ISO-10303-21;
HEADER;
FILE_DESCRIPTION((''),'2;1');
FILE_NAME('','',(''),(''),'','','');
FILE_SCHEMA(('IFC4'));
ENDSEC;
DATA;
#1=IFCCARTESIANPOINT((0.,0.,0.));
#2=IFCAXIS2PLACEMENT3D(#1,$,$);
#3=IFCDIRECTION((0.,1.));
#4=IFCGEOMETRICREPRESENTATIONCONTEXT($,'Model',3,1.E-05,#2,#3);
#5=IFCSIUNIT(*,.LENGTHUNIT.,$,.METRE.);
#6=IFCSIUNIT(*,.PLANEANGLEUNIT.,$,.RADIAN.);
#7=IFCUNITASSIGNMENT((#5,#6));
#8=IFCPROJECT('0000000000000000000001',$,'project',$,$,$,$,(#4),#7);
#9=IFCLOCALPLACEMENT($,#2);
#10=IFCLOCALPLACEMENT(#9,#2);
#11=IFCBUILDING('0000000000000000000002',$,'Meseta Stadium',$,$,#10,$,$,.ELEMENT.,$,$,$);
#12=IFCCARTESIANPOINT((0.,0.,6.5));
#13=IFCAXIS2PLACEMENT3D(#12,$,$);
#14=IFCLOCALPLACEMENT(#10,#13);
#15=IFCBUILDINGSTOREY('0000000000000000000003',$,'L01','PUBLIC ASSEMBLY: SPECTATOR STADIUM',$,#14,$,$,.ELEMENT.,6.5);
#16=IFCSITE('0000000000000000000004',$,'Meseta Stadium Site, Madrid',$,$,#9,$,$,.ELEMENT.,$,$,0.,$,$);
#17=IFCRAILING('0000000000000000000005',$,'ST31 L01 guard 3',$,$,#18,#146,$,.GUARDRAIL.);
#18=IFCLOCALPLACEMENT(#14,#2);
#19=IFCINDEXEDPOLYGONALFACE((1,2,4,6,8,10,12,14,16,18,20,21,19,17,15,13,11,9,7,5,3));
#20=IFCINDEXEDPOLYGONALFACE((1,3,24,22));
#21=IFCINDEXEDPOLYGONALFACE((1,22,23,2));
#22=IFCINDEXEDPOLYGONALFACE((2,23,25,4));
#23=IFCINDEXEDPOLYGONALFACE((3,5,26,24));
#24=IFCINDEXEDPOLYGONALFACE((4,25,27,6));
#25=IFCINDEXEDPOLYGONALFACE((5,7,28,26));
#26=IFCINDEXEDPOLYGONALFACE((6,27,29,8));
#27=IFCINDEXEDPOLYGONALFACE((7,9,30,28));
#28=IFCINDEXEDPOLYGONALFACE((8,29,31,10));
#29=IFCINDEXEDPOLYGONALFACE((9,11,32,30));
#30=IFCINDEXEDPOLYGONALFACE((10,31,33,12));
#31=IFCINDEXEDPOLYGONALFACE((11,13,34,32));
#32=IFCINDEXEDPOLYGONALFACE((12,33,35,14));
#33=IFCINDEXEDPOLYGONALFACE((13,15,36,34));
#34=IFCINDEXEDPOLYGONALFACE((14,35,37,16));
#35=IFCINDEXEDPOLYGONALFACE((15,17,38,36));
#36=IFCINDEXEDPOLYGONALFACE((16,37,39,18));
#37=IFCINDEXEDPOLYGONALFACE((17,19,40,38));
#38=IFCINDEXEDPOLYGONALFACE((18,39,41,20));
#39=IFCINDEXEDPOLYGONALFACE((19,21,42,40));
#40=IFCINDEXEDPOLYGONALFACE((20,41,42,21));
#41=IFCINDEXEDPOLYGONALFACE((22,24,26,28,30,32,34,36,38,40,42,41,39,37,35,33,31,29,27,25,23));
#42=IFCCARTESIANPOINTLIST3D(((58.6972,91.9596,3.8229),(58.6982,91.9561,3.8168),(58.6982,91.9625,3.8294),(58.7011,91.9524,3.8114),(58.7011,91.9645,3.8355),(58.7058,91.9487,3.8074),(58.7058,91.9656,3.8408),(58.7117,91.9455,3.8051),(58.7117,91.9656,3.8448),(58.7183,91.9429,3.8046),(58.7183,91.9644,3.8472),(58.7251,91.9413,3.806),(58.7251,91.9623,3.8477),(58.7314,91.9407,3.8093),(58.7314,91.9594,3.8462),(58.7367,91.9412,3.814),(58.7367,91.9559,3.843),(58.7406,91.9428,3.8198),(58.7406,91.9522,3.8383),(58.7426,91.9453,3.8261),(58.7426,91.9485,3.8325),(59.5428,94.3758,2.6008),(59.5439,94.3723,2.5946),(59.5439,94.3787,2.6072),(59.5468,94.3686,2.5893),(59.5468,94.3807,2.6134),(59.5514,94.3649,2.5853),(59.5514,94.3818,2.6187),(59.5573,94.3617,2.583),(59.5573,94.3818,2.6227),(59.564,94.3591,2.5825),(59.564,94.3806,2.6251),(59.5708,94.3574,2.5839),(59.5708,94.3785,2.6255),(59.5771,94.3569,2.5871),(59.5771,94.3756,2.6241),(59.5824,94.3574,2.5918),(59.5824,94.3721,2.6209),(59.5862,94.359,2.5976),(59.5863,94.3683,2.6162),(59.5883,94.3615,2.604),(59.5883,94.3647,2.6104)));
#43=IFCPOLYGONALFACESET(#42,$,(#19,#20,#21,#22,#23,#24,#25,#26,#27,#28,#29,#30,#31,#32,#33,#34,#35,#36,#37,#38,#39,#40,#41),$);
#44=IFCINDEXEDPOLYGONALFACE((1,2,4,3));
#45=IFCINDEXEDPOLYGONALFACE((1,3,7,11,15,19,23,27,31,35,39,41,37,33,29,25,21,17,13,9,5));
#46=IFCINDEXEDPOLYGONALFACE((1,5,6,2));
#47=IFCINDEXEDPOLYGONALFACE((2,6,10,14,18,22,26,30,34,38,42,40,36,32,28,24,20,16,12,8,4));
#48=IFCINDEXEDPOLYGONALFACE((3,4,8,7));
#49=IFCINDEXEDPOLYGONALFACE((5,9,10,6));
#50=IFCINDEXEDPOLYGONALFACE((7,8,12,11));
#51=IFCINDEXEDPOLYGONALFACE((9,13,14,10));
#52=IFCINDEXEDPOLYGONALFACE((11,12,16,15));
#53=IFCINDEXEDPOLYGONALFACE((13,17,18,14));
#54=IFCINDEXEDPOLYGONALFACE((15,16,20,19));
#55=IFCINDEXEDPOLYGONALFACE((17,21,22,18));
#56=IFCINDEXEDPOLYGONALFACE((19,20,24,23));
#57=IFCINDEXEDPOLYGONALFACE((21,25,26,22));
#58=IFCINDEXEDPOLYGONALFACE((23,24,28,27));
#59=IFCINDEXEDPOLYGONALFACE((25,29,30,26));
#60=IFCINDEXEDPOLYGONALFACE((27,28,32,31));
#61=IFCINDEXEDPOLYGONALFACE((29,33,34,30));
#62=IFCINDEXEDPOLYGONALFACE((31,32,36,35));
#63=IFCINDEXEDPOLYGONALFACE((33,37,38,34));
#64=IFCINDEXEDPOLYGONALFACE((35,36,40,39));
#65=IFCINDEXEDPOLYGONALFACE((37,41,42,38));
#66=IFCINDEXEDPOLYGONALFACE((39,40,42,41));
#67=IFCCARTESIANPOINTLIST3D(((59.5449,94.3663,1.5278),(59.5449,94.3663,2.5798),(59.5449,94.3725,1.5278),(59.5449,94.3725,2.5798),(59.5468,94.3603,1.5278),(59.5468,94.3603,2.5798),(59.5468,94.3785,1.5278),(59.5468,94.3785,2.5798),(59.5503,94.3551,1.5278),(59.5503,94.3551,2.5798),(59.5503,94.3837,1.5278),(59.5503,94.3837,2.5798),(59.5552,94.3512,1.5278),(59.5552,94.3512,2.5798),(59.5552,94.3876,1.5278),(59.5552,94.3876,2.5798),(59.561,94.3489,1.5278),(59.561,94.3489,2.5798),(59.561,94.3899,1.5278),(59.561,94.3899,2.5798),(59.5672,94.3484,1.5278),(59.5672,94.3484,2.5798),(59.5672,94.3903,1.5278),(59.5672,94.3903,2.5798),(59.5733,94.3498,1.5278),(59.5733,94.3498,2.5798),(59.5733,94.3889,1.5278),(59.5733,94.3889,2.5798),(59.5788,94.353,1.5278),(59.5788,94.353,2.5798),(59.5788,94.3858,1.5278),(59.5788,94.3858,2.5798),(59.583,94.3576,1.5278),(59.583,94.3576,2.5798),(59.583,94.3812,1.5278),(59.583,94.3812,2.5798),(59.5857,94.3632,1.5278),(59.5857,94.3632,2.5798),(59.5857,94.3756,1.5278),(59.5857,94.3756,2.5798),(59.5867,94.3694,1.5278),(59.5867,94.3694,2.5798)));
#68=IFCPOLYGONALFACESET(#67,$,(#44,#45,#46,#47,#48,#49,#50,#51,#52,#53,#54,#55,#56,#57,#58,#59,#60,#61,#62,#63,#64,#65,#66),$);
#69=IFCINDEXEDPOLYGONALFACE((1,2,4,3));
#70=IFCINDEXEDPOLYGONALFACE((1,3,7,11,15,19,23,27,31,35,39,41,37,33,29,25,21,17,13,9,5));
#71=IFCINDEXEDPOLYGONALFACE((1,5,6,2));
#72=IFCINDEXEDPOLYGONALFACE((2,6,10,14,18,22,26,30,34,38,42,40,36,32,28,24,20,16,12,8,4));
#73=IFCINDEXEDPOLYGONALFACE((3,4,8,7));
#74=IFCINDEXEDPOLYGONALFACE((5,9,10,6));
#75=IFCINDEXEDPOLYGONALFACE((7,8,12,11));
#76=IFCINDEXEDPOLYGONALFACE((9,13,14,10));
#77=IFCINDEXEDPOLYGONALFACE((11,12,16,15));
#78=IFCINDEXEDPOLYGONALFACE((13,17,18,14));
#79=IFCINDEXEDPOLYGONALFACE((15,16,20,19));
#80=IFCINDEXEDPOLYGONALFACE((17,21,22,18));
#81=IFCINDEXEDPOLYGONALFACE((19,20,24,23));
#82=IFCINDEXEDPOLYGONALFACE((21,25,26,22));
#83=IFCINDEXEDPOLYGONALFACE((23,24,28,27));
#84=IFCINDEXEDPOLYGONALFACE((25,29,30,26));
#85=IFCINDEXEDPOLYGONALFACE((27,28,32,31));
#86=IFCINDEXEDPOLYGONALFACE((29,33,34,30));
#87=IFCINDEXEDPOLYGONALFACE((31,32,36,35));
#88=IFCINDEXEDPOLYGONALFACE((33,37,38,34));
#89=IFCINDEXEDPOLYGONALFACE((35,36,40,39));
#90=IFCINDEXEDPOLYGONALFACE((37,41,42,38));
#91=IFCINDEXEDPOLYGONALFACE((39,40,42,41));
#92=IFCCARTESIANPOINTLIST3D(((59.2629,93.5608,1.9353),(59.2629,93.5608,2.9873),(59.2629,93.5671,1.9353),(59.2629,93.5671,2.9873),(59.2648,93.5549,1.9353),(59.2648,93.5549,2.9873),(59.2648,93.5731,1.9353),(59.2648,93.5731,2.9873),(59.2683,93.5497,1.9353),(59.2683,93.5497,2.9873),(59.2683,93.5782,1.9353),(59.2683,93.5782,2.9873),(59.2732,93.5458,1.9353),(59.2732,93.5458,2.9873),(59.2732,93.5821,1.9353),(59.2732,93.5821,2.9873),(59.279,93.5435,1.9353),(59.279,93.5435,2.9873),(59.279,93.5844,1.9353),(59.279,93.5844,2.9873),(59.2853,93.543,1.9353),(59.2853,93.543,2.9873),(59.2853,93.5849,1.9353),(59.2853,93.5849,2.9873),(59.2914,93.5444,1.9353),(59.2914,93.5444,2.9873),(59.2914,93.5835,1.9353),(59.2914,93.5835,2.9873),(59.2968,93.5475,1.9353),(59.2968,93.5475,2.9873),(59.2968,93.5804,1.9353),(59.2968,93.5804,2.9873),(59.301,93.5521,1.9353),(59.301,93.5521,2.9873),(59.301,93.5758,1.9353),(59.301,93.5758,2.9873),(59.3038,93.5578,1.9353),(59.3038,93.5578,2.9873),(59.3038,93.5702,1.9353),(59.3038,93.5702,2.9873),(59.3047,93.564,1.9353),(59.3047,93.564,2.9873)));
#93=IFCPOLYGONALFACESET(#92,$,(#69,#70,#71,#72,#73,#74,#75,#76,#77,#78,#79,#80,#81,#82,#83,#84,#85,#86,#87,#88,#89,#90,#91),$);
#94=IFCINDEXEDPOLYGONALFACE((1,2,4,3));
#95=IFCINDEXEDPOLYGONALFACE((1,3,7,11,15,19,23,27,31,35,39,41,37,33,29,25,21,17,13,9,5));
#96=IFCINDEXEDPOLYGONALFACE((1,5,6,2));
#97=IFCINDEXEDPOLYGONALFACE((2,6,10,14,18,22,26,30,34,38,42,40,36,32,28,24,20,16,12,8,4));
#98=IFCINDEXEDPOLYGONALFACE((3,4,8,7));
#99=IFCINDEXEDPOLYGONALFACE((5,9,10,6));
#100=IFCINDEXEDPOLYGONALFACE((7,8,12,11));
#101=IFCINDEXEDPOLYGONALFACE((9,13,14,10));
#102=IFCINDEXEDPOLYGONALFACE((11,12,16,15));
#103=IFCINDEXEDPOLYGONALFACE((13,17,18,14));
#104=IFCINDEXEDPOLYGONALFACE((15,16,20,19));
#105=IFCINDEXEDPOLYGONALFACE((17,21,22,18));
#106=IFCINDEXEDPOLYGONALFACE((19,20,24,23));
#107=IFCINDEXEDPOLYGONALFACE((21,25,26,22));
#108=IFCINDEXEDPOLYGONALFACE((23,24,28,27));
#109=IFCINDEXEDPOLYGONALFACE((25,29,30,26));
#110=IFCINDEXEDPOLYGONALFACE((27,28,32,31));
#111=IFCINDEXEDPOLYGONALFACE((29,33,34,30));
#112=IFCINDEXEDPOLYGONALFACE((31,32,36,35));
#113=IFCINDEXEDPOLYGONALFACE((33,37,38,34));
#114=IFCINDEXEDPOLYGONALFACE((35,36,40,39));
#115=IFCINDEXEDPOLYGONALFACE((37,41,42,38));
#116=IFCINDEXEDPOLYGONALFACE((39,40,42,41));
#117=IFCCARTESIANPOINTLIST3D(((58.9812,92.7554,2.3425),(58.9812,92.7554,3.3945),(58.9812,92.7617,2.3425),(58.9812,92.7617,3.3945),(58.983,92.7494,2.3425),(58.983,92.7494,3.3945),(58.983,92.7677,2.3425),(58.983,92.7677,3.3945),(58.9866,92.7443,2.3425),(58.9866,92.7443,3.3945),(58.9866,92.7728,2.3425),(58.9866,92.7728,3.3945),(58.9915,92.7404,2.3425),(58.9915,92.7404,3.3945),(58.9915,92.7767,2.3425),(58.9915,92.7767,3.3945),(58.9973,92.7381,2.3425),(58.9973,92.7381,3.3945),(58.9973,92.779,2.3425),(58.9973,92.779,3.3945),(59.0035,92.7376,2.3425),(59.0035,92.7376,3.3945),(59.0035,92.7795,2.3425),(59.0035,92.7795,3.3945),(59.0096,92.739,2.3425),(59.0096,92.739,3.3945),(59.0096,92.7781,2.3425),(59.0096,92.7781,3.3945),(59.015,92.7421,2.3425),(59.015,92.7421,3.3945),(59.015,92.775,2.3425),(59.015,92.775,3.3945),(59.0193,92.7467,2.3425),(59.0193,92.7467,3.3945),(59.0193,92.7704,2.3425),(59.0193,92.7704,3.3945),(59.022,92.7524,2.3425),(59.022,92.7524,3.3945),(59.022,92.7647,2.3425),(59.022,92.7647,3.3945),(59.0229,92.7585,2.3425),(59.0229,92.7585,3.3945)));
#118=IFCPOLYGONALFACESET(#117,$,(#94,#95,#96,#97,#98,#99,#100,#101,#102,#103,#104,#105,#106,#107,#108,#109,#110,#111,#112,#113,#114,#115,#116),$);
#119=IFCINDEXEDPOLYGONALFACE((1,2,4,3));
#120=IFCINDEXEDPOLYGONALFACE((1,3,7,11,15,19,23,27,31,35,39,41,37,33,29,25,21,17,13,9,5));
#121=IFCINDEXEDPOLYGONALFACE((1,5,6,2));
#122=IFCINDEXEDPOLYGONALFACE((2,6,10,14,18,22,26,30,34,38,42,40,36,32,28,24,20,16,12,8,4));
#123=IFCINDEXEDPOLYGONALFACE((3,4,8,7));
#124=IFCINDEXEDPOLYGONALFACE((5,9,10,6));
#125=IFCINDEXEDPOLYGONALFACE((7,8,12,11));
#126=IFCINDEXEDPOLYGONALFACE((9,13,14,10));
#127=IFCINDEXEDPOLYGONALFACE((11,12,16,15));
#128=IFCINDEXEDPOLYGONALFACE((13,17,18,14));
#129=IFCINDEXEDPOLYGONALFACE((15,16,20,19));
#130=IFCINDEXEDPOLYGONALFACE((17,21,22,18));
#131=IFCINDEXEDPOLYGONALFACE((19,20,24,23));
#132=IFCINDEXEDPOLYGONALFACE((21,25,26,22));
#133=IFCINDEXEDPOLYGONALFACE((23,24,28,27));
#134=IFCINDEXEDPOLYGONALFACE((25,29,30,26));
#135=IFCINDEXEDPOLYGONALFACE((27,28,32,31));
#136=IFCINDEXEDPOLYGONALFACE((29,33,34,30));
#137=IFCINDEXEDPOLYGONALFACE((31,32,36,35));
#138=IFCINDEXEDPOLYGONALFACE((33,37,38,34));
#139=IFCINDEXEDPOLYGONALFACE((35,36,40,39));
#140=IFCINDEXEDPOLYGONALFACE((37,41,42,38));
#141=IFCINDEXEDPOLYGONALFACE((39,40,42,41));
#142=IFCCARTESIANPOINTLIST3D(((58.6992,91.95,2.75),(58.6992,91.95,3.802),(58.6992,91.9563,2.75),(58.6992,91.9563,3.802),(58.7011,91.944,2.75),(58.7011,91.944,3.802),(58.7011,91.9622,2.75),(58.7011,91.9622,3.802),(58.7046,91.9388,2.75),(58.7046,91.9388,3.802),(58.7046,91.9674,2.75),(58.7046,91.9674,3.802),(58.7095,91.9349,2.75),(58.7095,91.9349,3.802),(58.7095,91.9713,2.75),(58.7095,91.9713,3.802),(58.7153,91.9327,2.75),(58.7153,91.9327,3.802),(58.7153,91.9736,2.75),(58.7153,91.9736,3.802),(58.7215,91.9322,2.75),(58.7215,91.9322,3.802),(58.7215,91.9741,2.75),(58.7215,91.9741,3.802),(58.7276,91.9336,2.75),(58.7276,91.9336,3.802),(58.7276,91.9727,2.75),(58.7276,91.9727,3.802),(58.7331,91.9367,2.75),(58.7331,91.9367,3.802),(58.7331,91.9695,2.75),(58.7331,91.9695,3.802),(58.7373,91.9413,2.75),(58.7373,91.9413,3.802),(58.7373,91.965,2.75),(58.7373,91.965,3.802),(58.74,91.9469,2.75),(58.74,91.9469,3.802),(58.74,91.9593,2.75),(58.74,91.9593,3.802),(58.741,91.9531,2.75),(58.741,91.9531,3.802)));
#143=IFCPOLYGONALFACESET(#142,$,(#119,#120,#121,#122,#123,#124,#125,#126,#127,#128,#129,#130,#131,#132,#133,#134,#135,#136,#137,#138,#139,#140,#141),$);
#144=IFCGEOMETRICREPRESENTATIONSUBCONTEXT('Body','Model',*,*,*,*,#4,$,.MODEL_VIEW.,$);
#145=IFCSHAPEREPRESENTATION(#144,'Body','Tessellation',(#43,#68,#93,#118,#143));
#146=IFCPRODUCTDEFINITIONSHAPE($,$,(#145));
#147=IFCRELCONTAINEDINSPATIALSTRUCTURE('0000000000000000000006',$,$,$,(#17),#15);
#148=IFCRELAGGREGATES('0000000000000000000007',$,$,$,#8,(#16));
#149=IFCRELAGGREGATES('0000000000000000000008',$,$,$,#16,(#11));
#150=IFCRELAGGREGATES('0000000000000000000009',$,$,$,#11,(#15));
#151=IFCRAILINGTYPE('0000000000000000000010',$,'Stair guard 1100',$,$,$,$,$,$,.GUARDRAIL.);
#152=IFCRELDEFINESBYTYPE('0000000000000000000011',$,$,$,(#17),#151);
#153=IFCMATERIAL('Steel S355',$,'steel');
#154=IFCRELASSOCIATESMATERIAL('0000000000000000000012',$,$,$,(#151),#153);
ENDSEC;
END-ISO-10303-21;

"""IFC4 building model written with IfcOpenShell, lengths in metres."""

from ifc_helpers import new_model, si_unit, direction, frame, origin, origin_2d, place, context, subcontext, project, spatial, circle, extrude, material, type_object, element, save


model = new_model("IFC4")

# Units and contexts
model_context = context("Model", 3, precision=1e-05, world=origin(), true_north=direction((0.0, 1.0)))
body_context = subcontext(model_context, "Body", "Model", "MODEL_VIEW")
ifc_project = project(units=[si_unit("LENGTHUNIT", "METRE"), si_unit("PLANEANGLEUNIT", "RADIAN")], contexts=[model_context])

# Site, building, storey
site_placement = place(None, origin())
site = spatial("IfcSite", under=ifc_project, at=site_placement, Name="Meseta Stadium Site, Madrid", CompositionType="ELEMENT", RefElevation=0.0)
building_placement = place(site_placement, origin())
building = spatial("IfcBuilding", under=site, at=building_placement, Name="Meseta Stadium", CompositionType="ELEMENT")
storey_placement = place(building_placement, frame((0.0, 0.0, 6.5)))
storey = spatial("IfcBuildingStorey", under=building, at=storey_placement, Name="L01", Description="PUBLIC ASSEMBLY: SPECTATOR STADIUM", CompositionType="ELEMENT", Elevation=6.5)

# Railing
ifc_material_1 = material(Name="Steel S355", Category="steel")
railing_type_1 = type_object("IfcRailingType", Name="Stair guard 1100", PredefinedType="GUARDRAIL", material=ifc_material_1)
railing_1_placement = place(storey_placement, frame((59.5657, 94.3694, 1.5278)))
element("IfcRailing", 1, at=railing_1_placement, inside=storey, type_object=railing_type_1, Name="ST31 L01 guard 3", PredefinedType="GUARDRAIL", context=body_context, shape_type="SweptSolid", body=[
    extrude(circle(Radius=0.0239, at=origin_2d()), frame((0.0, 0.0, 1.0762), z_axis=(-0.298123, -0.851767, 0.430832), x_axis=(0.943857, -0.330355, 0.0)), (0.0, 0.0, 1.0), 2.8367),
    extrude(circle(Radius=0.021, at=origin_2d()), origin(), (0.0, 0.0, 1.0), 1.052),
    extrude(circle(Radius=0.021, at=origin_2d()), frame((-0.282, -0.8054, 0.4075)), (0.0, 0.0, 1.0), 1.052),
    extrude(circle(Radius=0.021, at=origin_2d()), frame((-0.5637, -1.6108, 0.8147)), (0.0, 0.0, 1.0), 1.052),
    extrude(circle(Radius=0.021, at=origin_2d()), frame((-0.8457, -2.4163, 1.2222)), (0.0, 0.0, 1.0), 1.052),
])

save(model, "model.ifc")
